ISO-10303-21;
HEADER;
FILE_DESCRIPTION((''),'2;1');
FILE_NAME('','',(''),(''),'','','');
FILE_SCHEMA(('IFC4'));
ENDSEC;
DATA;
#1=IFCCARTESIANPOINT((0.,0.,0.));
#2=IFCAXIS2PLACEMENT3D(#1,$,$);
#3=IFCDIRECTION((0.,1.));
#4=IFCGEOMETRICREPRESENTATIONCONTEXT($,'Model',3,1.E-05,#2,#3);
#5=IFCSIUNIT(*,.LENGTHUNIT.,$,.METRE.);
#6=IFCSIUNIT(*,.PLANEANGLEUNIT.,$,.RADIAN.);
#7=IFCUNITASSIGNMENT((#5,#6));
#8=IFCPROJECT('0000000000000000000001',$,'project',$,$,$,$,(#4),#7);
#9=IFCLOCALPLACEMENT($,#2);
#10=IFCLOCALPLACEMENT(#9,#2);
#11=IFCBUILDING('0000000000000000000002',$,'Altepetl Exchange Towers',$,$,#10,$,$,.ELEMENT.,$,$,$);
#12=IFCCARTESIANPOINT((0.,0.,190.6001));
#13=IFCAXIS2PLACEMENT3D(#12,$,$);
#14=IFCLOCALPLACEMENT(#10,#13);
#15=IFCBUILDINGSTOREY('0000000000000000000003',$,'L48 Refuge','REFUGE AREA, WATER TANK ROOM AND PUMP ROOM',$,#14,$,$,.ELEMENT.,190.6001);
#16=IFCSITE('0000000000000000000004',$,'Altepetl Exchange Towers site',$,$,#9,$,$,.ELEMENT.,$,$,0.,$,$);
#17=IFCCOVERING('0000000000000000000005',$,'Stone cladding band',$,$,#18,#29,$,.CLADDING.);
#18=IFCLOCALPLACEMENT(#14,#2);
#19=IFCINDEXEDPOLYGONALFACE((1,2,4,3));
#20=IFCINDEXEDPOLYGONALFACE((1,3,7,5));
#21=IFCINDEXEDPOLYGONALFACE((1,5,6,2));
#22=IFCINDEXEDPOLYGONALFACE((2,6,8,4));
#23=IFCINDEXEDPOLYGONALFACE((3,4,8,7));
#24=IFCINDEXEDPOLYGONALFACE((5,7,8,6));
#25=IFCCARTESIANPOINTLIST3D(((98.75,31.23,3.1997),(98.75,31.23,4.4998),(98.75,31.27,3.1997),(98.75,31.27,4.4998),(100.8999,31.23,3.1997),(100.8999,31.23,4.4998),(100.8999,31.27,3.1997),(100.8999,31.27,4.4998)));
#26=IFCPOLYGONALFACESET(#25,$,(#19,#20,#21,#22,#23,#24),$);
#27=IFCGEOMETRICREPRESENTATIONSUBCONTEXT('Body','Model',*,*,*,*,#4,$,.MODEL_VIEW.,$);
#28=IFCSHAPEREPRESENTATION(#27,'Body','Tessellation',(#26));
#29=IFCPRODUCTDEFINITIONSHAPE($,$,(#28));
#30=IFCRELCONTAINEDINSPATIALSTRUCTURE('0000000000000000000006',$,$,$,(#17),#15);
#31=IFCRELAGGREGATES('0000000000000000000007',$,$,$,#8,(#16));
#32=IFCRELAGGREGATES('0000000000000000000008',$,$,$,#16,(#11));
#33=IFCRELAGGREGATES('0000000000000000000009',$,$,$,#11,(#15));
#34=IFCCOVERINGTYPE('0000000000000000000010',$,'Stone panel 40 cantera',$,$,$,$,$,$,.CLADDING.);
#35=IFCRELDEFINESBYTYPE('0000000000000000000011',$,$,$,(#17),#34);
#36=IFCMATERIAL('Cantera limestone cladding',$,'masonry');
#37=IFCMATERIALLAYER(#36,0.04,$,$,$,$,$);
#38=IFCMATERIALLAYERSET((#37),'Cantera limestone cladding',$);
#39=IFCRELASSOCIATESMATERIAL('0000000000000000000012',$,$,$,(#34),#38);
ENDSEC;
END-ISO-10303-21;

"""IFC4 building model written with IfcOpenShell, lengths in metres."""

from ifc_helpers import new_model, si_unit, direction, frame, origin, origin_2d, place, context, subcontext, project, spatial, rectangle, extrude, material, layer, layer_set, type_object, element, save


model = new_model("IFC4")

# Units and contexts
model_context = context("Model", 3, precision=1e-05, world=origin(), true_north=direction((0.0, 1.0)))
body_context = subcontext(model_context, "Body", "Model", "MODEL_VIEW")
ifc_project = project(units=[si_unit("LENGTHUNIT", "METRE"), si_unit("PLANEANGLEUNIT", "RADIAN")], contexts=[model_context])

# Site, building, storey
site_placement = place(None, origin())
site = spatial("IfcSite", under=ifc_project, at=site_placement, Name="Altepetl Exchange Towers site", CompositionType="ELEMENT", RefElevation=0.0)
building_placement = place(site_placement, origin())
building = spatial("IfcBuilding", under=site, at=building_placement, Name="Altepetl Exchange Towers", CompositionType="ELEMENT")
storey_placement = place(building_placement, frame((0.0, 0.0, 190.6001)))
storey = spatial("IfcBuildingStorey", under=building, at=storey_placement, Name="L48 Refuge", Description="REFUGE AREA, WATER TANK ROOM AND PUMP ROOM", CompositionType="ELEMENT", Elevation=190.6001)

# Shared definitions
ifc_material_1 = material(Name="Cantera limestone cladding", Category="masonry")

# Covering
ifc_layer_1 = layer(ifc_material_1, 0.04)
ifc_layer_set_1 = layer_set([ifc_layer_1], Name="Cantera limestone cladding")
covering_type = type_object("IfcCoveringType", Name="Stone panel 40 cantera", PredefinedType="CLADDING", material=ifc_layer_set_1)
covering_1_placement = place(storey_placement, frame((99.825, 31.25, 3.1997)))
element("IfcCovering", 1, at=covering_1_placement, inside=storey, type_object=covering_type, Name="Stone cladding band", PredefinedType="CLADDING", context=body_context, shape_type="SweptSolid", body=[
    extrude(rectangle(XDim=2.1499, YDim=0.04, at=origin_2d()), origin(), (0.0, 0.0, 1.0), 1.3),
])

save(model, "model.ifc")
